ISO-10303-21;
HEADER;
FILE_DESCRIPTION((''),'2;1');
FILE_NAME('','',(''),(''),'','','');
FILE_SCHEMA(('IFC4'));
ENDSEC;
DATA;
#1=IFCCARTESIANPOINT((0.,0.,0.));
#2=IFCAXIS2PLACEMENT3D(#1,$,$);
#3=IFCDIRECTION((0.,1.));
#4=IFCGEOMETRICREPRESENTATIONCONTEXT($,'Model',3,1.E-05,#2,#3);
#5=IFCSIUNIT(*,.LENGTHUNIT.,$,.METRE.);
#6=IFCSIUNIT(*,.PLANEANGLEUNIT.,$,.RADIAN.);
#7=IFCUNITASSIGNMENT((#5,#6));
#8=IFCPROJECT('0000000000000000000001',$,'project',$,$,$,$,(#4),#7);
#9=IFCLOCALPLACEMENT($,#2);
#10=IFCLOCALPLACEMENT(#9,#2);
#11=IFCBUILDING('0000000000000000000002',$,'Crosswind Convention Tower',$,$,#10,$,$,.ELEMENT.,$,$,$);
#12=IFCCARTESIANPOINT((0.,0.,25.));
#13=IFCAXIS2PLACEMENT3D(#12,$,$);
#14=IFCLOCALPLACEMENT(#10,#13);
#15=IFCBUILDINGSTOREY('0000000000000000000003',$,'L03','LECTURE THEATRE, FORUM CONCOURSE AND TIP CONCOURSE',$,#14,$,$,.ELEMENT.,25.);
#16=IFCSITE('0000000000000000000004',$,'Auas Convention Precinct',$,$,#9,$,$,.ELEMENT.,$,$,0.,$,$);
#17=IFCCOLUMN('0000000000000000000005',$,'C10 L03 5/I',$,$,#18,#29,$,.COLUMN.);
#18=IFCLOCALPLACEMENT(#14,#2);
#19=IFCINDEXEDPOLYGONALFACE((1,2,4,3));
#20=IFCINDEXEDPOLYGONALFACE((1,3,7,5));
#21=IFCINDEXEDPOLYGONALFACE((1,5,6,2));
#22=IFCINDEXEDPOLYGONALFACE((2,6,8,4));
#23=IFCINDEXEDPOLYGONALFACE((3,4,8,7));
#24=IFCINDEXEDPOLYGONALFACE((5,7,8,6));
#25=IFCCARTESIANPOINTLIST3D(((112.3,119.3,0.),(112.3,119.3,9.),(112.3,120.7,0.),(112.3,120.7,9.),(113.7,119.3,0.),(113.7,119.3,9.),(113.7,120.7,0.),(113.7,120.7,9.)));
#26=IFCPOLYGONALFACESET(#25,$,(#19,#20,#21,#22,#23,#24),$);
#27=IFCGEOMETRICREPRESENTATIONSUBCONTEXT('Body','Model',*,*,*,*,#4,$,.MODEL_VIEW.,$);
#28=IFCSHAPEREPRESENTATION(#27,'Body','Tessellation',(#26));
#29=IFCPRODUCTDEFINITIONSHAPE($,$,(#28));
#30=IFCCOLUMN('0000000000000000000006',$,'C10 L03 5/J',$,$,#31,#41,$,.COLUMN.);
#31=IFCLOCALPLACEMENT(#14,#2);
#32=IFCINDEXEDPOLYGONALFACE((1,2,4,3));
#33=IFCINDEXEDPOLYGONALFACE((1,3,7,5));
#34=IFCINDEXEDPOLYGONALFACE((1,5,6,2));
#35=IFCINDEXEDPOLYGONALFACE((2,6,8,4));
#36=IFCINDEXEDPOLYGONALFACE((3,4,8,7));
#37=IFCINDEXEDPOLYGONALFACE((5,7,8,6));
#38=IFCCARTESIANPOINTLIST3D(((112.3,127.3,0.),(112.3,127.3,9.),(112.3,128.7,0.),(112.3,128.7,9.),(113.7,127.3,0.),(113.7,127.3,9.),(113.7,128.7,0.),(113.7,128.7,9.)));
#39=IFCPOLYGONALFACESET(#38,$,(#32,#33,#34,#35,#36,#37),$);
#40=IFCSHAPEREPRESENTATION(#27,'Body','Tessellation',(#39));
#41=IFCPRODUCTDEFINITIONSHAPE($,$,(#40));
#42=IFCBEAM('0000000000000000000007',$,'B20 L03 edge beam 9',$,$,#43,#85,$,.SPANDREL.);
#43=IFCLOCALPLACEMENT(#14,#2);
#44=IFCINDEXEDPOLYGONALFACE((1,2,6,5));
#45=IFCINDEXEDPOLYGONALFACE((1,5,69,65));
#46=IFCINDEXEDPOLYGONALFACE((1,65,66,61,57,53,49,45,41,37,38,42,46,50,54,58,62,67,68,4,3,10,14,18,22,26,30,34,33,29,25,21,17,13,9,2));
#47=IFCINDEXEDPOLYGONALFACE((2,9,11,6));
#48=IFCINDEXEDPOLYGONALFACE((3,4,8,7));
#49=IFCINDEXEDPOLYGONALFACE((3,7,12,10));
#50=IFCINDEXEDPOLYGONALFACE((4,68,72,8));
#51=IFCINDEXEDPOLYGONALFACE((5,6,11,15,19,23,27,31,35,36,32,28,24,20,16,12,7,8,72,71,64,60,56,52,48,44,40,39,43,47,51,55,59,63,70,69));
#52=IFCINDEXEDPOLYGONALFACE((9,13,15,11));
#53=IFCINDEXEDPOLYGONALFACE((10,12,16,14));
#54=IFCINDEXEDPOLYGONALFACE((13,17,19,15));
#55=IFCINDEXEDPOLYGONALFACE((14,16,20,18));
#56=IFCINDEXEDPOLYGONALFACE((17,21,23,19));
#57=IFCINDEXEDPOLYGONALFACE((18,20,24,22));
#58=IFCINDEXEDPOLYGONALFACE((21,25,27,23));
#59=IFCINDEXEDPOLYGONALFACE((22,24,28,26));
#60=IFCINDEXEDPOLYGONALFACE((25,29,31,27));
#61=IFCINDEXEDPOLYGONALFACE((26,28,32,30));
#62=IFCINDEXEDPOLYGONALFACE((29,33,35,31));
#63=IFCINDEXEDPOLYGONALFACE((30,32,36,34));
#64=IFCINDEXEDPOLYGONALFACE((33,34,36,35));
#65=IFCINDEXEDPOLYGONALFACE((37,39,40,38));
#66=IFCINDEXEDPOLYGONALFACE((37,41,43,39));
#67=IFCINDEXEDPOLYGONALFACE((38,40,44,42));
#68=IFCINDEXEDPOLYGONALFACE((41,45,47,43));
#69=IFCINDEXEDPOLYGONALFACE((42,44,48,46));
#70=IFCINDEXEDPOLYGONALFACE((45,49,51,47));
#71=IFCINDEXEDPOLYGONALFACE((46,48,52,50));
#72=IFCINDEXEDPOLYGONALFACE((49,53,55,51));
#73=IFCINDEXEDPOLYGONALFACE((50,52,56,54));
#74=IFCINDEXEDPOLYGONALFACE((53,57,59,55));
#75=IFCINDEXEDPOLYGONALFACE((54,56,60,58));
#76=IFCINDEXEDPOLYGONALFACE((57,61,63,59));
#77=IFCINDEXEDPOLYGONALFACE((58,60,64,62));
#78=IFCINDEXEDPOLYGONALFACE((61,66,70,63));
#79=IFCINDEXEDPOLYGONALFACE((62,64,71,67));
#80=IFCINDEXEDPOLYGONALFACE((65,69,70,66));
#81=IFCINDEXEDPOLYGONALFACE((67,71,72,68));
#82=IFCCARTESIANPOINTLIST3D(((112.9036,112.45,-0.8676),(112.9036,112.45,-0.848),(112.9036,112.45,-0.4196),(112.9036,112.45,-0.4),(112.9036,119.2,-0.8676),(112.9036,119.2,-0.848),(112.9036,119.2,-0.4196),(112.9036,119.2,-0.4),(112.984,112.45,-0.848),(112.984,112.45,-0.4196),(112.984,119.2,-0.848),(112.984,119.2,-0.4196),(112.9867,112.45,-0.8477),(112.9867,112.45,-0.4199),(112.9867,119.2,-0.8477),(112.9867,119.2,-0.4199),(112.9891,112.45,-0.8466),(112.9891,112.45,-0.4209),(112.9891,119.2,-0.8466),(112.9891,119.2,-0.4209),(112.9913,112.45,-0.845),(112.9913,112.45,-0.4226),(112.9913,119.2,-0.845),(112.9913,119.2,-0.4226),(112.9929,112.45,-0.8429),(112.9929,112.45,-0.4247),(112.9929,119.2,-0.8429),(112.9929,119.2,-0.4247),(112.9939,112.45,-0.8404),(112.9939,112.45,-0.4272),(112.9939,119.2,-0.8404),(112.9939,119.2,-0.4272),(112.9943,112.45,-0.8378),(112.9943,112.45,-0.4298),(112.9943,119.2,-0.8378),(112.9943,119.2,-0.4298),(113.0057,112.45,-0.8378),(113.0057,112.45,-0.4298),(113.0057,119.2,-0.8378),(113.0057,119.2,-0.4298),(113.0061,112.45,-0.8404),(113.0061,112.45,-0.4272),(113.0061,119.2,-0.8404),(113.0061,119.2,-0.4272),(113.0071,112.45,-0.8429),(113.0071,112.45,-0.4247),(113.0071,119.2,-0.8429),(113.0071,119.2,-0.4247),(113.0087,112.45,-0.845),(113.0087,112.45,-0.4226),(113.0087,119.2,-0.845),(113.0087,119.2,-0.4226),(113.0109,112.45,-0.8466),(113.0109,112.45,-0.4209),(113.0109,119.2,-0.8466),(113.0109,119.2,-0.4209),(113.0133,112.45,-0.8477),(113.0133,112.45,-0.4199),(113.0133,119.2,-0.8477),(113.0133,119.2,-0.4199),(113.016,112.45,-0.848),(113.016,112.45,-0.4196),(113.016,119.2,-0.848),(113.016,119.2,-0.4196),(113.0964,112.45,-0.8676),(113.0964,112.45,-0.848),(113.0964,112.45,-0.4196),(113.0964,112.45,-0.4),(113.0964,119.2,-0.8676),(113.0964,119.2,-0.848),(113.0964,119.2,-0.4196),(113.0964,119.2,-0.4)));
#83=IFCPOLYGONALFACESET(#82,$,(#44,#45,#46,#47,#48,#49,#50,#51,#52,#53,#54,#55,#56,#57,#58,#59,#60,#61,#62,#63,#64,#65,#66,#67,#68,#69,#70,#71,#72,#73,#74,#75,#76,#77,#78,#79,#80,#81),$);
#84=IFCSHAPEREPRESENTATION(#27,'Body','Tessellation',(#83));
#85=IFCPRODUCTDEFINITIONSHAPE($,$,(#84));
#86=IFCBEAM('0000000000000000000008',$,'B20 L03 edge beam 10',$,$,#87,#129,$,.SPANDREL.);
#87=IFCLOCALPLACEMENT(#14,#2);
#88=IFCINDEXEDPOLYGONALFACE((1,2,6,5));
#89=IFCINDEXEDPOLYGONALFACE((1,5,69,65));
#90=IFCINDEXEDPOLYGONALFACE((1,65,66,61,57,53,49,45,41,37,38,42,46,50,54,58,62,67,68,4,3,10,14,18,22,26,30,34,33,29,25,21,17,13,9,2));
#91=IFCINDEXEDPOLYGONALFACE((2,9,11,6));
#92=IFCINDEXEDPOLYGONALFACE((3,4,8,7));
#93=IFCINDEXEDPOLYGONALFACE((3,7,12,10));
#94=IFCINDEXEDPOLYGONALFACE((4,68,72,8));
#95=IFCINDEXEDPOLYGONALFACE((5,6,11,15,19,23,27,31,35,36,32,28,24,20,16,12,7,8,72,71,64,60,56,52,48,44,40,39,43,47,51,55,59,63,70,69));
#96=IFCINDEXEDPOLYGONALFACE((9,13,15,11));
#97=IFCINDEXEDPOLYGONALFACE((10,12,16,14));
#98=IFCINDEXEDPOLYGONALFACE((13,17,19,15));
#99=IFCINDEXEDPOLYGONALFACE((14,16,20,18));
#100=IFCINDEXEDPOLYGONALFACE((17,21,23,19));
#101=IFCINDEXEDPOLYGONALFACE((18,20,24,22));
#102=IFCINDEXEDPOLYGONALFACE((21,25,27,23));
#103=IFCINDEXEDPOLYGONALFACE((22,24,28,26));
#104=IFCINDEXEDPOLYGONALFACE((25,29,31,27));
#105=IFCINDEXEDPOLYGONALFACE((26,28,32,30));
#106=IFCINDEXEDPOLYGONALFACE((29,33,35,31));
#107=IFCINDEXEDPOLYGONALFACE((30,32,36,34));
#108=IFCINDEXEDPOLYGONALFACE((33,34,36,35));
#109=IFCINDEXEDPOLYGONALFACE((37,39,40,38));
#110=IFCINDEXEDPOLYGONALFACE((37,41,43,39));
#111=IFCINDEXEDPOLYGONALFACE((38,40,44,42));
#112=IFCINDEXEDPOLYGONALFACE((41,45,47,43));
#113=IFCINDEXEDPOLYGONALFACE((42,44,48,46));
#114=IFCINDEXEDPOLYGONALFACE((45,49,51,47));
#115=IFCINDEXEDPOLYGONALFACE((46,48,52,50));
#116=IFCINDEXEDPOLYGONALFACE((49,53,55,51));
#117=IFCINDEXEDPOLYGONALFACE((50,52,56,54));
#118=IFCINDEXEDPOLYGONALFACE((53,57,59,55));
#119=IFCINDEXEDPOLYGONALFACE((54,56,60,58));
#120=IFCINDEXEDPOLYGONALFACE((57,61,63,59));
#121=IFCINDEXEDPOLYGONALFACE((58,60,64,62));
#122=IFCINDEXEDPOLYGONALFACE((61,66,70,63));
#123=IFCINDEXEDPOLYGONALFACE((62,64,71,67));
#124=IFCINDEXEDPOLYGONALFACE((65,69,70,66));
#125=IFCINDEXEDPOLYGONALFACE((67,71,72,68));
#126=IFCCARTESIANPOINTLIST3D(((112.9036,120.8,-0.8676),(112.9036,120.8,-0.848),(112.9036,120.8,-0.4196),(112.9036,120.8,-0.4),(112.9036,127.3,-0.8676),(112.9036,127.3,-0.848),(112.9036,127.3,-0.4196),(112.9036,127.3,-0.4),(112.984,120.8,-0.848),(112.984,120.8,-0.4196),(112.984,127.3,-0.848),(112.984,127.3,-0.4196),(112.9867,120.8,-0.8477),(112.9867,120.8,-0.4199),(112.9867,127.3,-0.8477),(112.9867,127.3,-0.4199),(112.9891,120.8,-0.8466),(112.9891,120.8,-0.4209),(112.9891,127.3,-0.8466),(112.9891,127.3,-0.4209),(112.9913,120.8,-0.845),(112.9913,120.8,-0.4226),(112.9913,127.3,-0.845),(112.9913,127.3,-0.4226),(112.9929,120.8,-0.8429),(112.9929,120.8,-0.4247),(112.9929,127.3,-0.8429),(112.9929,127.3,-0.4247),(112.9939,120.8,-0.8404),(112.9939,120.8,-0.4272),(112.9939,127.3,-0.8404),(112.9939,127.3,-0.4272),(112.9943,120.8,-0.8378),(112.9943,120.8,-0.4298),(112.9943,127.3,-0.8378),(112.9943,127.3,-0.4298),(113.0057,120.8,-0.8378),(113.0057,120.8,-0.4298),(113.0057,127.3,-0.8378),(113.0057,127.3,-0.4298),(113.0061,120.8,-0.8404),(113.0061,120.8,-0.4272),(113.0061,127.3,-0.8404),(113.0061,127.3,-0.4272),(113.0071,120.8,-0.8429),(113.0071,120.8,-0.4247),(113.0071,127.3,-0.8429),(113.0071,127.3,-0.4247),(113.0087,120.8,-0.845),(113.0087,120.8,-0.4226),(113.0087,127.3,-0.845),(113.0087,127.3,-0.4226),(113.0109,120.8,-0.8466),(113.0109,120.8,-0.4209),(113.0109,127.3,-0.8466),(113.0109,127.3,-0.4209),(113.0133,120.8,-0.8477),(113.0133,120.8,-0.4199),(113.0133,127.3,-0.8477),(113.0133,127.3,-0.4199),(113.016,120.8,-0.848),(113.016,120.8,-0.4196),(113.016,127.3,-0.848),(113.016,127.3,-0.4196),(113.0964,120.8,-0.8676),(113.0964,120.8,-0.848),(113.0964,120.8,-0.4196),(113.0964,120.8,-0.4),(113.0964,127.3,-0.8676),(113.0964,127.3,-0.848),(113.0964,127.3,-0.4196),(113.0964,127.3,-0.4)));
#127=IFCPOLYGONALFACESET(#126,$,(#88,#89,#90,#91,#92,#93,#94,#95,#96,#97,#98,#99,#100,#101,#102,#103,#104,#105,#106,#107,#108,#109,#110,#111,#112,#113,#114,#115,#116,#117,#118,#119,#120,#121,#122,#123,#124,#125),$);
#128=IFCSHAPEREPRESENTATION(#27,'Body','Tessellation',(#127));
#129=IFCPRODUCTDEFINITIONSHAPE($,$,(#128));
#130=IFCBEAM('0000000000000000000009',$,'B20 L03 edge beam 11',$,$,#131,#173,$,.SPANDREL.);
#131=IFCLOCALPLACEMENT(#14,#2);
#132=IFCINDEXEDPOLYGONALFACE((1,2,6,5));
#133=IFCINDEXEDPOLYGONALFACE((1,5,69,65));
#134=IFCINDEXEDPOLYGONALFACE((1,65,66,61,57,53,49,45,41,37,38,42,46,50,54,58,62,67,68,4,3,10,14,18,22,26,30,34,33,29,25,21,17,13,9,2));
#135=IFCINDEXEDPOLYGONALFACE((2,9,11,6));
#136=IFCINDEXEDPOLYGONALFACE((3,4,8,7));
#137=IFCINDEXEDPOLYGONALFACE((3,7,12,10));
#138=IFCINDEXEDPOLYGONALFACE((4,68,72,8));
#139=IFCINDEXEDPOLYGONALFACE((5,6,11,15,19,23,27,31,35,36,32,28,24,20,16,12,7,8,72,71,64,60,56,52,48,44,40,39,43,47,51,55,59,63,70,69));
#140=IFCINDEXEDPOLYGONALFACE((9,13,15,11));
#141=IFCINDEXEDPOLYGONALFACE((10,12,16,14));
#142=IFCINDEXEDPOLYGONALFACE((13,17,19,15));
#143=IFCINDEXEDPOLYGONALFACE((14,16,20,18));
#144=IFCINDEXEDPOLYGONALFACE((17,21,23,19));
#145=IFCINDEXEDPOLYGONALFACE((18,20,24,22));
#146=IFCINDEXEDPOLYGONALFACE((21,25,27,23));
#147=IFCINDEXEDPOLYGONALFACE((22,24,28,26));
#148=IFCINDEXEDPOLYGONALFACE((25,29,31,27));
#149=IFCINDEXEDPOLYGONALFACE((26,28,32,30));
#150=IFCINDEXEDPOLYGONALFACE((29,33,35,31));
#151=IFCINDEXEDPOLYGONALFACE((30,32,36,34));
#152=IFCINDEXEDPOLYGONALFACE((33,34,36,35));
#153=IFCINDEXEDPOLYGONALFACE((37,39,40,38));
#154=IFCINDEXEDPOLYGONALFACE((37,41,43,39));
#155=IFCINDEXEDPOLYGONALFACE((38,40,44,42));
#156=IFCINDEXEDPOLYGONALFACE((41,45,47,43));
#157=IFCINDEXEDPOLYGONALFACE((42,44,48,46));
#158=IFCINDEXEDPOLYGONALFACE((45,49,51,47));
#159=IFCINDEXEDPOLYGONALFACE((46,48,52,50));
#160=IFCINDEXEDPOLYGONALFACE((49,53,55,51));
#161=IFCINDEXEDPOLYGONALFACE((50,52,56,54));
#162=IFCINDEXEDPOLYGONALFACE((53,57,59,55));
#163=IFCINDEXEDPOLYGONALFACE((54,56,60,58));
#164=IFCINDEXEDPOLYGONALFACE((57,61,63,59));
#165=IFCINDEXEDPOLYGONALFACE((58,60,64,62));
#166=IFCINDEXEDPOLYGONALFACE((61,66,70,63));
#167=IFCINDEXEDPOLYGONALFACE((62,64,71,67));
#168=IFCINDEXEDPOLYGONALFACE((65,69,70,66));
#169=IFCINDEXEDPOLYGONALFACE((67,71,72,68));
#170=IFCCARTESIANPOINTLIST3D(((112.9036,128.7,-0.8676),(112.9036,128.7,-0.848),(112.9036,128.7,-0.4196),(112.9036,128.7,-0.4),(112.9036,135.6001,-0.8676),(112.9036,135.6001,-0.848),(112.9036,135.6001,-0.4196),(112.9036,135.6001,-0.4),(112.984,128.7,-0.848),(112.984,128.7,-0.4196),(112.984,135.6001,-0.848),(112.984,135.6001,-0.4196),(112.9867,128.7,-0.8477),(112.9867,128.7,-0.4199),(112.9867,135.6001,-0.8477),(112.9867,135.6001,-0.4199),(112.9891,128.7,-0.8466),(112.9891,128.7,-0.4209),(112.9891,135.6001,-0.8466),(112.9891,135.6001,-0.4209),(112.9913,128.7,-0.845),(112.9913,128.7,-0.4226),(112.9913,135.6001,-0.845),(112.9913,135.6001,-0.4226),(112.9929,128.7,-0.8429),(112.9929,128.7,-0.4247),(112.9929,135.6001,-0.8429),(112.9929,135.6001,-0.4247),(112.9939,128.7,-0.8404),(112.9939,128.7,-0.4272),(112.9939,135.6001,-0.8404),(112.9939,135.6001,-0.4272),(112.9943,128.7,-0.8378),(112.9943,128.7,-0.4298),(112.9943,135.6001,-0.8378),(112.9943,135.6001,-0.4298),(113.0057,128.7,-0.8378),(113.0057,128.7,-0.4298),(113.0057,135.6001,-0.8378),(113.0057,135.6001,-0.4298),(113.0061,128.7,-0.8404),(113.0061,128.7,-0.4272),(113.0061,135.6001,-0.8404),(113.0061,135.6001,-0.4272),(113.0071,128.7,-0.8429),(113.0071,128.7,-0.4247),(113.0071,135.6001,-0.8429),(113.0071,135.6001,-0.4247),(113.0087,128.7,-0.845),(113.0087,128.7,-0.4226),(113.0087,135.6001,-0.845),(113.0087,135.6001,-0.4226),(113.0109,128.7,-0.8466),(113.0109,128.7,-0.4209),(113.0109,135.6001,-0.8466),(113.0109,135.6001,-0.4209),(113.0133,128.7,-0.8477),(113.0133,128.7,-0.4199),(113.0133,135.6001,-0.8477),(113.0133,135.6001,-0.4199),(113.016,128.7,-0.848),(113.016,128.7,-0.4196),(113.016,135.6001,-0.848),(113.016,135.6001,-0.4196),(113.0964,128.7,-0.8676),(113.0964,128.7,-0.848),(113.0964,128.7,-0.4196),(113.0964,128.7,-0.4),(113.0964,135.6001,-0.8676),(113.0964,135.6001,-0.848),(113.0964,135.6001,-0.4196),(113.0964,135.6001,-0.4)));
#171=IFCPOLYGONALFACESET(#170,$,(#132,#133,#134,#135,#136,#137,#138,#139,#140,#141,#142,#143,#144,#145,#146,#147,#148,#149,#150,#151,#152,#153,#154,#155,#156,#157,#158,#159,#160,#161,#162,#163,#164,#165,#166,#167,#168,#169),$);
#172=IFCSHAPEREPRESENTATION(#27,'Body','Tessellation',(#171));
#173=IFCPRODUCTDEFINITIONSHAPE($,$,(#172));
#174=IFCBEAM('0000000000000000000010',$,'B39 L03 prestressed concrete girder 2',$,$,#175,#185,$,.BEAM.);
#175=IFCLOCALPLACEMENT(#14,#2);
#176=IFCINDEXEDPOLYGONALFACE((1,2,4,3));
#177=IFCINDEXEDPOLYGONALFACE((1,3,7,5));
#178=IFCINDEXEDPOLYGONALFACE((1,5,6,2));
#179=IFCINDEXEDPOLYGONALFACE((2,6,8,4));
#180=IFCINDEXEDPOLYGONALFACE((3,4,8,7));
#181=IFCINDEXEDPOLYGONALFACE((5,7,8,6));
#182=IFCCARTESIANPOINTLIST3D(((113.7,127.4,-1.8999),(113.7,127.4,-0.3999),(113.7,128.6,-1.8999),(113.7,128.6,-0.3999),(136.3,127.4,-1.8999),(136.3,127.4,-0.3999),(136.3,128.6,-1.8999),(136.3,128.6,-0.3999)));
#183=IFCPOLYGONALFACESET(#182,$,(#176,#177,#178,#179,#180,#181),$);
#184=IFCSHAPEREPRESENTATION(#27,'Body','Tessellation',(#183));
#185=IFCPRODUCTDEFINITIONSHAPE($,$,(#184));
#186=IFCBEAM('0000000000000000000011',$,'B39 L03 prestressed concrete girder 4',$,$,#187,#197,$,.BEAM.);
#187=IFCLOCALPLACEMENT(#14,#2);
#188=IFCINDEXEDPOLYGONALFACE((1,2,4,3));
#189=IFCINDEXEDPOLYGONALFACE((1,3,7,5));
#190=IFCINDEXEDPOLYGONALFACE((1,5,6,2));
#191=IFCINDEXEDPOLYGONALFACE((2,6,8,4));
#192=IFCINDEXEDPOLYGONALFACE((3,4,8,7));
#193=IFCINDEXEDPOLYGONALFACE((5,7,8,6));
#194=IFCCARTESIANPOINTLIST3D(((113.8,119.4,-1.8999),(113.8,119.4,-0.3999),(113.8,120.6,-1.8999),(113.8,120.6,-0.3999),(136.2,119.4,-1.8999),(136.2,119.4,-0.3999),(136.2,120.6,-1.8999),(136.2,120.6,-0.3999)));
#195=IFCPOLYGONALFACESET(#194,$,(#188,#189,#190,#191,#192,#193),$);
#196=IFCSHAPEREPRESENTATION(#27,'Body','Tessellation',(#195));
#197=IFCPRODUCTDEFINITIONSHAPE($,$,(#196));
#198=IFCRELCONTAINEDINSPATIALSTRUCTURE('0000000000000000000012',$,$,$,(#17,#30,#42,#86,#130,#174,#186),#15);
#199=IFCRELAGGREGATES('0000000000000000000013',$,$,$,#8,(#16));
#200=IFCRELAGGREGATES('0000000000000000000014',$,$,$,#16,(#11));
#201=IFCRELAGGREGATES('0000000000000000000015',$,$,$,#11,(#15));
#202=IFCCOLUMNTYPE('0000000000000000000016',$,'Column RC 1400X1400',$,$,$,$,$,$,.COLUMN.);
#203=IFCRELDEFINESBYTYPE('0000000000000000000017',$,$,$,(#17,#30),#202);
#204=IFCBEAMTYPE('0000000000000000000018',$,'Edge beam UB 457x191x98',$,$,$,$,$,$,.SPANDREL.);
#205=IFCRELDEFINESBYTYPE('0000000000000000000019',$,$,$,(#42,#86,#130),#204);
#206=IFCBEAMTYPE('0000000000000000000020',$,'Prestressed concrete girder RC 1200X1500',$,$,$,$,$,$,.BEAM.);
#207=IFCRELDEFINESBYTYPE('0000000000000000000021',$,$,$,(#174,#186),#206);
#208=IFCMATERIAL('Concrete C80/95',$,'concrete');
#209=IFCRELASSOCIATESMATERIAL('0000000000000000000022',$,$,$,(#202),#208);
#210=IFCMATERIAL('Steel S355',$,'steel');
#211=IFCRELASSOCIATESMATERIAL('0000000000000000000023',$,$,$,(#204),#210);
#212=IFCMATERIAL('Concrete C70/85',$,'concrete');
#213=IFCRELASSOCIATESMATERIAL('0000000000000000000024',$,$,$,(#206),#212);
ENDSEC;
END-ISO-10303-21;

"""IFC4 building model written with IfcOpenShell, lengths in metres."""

from ifc_helpers import new_model, si_unit, direction, frame, origin, origin_2d, place, context, subcontext, project, spatial, rectangle, i_section, extrude, material, material_profile, profile_set, type_object, element, save


model = new_model("IFC4")

# Units and contexts
model_context = context("Model", 3, precision=1e-05, world=origin(), true_north=direction((0.0, 1.0)))
body_context = subcontext(model_context, "Body", "Model", "MODEL_VIEW")
ifc_project = project(units=[si_unit("LENGTHUNIT", "METRE"), si_unit("PLANEANGLEUNIT", "RADIAN")], contexts=[model_context])

# Site, building, storey
site_placement = place(None, origin())
site = spatial("IfcSite", under=ifc_project, at=site_placement, Name="Auas Convention Precinct", CompositionType="ELEMENT", RefElevation=0.0)
building_placement = place(site_placement, origin())
building = spatial("IfcBuilding", under=site, at=building_placement, Name="Crosswind Convention Tower", CompositionType="ELEMENT")
storey_placement = place(building_placement, frame((0.0, 0.0, 25.0)))
storey = spatial("IfcBuildingStorey", under=building, at=storey_placement, Name="L03", Description="LECTURE THEATRE, FORUM CONCOURSE AND TIP CONCOURSE", CompositionType="ELEMENT", Elevation=25.0)

# Columns
ifc_material_1 = material(Name="Concrete C80/95", Category="concrete")
ifc_material_profile_1 = material_profile(ifc_material_1, rectangle(XDim=1.3999, YDim=1.3999, at=origin_2d()), Name="RC 1400X1400")
ifc_profile_set_1 = profile_set([ifc_material_profile_1], Name="Concrete C80/95")
column_type = type_object("IfcColumnType", Name="Column RC 1400X1400", PredefinedType="COLUMN", material=ifc_profile_set_1)
for number, where, z_axis, x_axis, name in (
    (1, (113.0, 120.0, 0.0), (0.0, 0.0, 1.0), (1.0, 0.0, 0.0), "C10 L03 5/I"),
    (2, (113.0, 128.0, 0.0), (0.0, 0.0, 1.0), (1.0, 0.0, 0.0), "C10 L03 5/J"),
):
    element("IfcColumn", number, at=place(storey_placement, frame(where, z_axis=z_axis, x_axis=x_axis)), inside=storey, type_object=column_type, Name=name, PredefinedType="COLUMN", context=body_context, shape_type="SweptSolid", body=[
        extrude(rectangle(XDim=1.3999, YDim=1.3999, at=origin_2d()), origin(), (0.0, 0.0, 1.0), 9.0),
    ])

# Beams
ifc_material_2 = material(Name="Steel S355", Category="steel")
ifc_material_profile_2 = material_profile(ifc_material_2, i_section(OverallWidth=0.1929, OverallDepth=0.4675, WebThickness=0.0115, FlangeThickness=0.0195, FilletRadius=0.0103, at=origin_2d()), Name="UB 457x191x98")
ifc_profile_set_2 = profile_set([ifc_material_profile_2], Name="Steel S355")
beam_type_1 = type_object("IfcBeamType", Name="Edge beam UB 457x191x98", PredefinedType="SPANDREL", material=ifc_profile_set_2)
beam_1_placement = place(storey_placement, frame((113.0, 112.45, -0.6338), z_axis=(0.0, 1.0, 0.0), x_axis=(-1.0, 0.0, 0.0)))
element("IfcBeam", 3, at=beam_1_placement, inside=storey, type_object=beam_type_1, Name="B20 L03 edge beam 9", PredefinedType="SPANDREL", context=body_context, shape_type="SweptSolid", body=[
    extrude(i_section(OverallWidth=0.1929, OverallDepth=0.4675, WebThickness=0.0115, FlangeThickness=0.0195, FilletRadius=0.0103, at=origin_2d()), origin(), (0.0, 0.0, 1.0), 6.75),
])
beam_2_placement = place(storey_placement, frame((113.0, 120.8, -0.6338), z_axis=(0.0, 1.0, 0.0), x_axis=(-1.0, 0.0, 0.0)))
element("IfcBeam", 4, at=beam_2_placement, inside=storey, type_object=beam_type_1, Name="B20 L03 edge beam 10", PredefinedType="SPANDREL", context=body_context, shape_type="SweptSolid", body=[
    extrude(i_section(OverallWidth=0.1929, OverallDepth=0.4675, WebThickness=0.0115, FlangeThickness=0.0195, FilletRadius=0.0103, at=origin_2d()), origin(), (0.0, 0.0, 1.0), 6.5),
])
beam_3_placement = place(storey_placement, frame((113.0, 128.7, -0.6338), z_axis=(0.0, 1.0, 0.0), x_axis=(-1.0, 0.0, 0.0)))
element("IfcBeam", 5, at=beam_3_placement, inside=storey, type_object=beam_type_1, Name="B20 L03 edge beam 11", PredefinedType="SPANDREL", context=body_context, shape_type="SweptSolid", body=[
    extrude(i_section(OverallWidth=0.1929, OverallDepth=0.4675, WebThickness=0.0115, FlangeThickness=0.0195, FilletRadius=0.0103, at=origin_2d()), origin(), (0.0, 0.0, 1.0), 6.9001),
])
ifc_material_3 = material(Name="Concrete C70/85", Category="concrete")
ifc_material_profile_3 = material_profile(ifc_material_3, rectangle(XDim=1.2, YDim=1.5, at=origin_2d()), Name="RC 1200X1500")
ifc_profile_set_3 = profile_set([ifc_material_profile_3], Name="Concrete C70/85")
beam_type_2 = type_object("IfcBeamType", Name="Prestressed concrete girder RC 1200X1500", PredefinedType="BEAM", material=ifc_profile_set_3)
beam_4_placement = place(storey_placement, frame((113.7, 128.0, -1.1499), z_axis=(1.0, 0.0, 0.0), x_axis=(0.0, 1.0, 0.0)))
element("IfcBeam", 6, at=beam_4_placement, inside=storey, type_object=beam_type_2, Name="B39 L03 prestressed concrete girder 2", PredefinedType="BEAM", context=body_context, shape_type="SweptSolid", body=[
    extrude(rectangle(XDim=1.2, YDim=1.5, at=origin_2d()), origin(), (0.0, 0.0, 1.0), 22.6001),
])
beam_5_placement = place(storey_placement, frame((113.8, 120.0, -1.1499), z_axis=(1.0, 0.0, 0.0), x_axis=(0.0, 1.0, 0.0)))
element("IfcBeam", 7, at=beam_5_placement, inside=storey, type_object=beam_type_2, Name="B39 L03 prestressed concrete girder 4", PredefinedType="BEAM", context=body_context, shape_type="SweptSolid", body=[
    extrude(rectangle(XDim=1.2, YDim=1.5, at=origin_2d()), origin(), (0.0, 0.0, 1.0), 22.3999),
])

save(model, "model.ifc")
